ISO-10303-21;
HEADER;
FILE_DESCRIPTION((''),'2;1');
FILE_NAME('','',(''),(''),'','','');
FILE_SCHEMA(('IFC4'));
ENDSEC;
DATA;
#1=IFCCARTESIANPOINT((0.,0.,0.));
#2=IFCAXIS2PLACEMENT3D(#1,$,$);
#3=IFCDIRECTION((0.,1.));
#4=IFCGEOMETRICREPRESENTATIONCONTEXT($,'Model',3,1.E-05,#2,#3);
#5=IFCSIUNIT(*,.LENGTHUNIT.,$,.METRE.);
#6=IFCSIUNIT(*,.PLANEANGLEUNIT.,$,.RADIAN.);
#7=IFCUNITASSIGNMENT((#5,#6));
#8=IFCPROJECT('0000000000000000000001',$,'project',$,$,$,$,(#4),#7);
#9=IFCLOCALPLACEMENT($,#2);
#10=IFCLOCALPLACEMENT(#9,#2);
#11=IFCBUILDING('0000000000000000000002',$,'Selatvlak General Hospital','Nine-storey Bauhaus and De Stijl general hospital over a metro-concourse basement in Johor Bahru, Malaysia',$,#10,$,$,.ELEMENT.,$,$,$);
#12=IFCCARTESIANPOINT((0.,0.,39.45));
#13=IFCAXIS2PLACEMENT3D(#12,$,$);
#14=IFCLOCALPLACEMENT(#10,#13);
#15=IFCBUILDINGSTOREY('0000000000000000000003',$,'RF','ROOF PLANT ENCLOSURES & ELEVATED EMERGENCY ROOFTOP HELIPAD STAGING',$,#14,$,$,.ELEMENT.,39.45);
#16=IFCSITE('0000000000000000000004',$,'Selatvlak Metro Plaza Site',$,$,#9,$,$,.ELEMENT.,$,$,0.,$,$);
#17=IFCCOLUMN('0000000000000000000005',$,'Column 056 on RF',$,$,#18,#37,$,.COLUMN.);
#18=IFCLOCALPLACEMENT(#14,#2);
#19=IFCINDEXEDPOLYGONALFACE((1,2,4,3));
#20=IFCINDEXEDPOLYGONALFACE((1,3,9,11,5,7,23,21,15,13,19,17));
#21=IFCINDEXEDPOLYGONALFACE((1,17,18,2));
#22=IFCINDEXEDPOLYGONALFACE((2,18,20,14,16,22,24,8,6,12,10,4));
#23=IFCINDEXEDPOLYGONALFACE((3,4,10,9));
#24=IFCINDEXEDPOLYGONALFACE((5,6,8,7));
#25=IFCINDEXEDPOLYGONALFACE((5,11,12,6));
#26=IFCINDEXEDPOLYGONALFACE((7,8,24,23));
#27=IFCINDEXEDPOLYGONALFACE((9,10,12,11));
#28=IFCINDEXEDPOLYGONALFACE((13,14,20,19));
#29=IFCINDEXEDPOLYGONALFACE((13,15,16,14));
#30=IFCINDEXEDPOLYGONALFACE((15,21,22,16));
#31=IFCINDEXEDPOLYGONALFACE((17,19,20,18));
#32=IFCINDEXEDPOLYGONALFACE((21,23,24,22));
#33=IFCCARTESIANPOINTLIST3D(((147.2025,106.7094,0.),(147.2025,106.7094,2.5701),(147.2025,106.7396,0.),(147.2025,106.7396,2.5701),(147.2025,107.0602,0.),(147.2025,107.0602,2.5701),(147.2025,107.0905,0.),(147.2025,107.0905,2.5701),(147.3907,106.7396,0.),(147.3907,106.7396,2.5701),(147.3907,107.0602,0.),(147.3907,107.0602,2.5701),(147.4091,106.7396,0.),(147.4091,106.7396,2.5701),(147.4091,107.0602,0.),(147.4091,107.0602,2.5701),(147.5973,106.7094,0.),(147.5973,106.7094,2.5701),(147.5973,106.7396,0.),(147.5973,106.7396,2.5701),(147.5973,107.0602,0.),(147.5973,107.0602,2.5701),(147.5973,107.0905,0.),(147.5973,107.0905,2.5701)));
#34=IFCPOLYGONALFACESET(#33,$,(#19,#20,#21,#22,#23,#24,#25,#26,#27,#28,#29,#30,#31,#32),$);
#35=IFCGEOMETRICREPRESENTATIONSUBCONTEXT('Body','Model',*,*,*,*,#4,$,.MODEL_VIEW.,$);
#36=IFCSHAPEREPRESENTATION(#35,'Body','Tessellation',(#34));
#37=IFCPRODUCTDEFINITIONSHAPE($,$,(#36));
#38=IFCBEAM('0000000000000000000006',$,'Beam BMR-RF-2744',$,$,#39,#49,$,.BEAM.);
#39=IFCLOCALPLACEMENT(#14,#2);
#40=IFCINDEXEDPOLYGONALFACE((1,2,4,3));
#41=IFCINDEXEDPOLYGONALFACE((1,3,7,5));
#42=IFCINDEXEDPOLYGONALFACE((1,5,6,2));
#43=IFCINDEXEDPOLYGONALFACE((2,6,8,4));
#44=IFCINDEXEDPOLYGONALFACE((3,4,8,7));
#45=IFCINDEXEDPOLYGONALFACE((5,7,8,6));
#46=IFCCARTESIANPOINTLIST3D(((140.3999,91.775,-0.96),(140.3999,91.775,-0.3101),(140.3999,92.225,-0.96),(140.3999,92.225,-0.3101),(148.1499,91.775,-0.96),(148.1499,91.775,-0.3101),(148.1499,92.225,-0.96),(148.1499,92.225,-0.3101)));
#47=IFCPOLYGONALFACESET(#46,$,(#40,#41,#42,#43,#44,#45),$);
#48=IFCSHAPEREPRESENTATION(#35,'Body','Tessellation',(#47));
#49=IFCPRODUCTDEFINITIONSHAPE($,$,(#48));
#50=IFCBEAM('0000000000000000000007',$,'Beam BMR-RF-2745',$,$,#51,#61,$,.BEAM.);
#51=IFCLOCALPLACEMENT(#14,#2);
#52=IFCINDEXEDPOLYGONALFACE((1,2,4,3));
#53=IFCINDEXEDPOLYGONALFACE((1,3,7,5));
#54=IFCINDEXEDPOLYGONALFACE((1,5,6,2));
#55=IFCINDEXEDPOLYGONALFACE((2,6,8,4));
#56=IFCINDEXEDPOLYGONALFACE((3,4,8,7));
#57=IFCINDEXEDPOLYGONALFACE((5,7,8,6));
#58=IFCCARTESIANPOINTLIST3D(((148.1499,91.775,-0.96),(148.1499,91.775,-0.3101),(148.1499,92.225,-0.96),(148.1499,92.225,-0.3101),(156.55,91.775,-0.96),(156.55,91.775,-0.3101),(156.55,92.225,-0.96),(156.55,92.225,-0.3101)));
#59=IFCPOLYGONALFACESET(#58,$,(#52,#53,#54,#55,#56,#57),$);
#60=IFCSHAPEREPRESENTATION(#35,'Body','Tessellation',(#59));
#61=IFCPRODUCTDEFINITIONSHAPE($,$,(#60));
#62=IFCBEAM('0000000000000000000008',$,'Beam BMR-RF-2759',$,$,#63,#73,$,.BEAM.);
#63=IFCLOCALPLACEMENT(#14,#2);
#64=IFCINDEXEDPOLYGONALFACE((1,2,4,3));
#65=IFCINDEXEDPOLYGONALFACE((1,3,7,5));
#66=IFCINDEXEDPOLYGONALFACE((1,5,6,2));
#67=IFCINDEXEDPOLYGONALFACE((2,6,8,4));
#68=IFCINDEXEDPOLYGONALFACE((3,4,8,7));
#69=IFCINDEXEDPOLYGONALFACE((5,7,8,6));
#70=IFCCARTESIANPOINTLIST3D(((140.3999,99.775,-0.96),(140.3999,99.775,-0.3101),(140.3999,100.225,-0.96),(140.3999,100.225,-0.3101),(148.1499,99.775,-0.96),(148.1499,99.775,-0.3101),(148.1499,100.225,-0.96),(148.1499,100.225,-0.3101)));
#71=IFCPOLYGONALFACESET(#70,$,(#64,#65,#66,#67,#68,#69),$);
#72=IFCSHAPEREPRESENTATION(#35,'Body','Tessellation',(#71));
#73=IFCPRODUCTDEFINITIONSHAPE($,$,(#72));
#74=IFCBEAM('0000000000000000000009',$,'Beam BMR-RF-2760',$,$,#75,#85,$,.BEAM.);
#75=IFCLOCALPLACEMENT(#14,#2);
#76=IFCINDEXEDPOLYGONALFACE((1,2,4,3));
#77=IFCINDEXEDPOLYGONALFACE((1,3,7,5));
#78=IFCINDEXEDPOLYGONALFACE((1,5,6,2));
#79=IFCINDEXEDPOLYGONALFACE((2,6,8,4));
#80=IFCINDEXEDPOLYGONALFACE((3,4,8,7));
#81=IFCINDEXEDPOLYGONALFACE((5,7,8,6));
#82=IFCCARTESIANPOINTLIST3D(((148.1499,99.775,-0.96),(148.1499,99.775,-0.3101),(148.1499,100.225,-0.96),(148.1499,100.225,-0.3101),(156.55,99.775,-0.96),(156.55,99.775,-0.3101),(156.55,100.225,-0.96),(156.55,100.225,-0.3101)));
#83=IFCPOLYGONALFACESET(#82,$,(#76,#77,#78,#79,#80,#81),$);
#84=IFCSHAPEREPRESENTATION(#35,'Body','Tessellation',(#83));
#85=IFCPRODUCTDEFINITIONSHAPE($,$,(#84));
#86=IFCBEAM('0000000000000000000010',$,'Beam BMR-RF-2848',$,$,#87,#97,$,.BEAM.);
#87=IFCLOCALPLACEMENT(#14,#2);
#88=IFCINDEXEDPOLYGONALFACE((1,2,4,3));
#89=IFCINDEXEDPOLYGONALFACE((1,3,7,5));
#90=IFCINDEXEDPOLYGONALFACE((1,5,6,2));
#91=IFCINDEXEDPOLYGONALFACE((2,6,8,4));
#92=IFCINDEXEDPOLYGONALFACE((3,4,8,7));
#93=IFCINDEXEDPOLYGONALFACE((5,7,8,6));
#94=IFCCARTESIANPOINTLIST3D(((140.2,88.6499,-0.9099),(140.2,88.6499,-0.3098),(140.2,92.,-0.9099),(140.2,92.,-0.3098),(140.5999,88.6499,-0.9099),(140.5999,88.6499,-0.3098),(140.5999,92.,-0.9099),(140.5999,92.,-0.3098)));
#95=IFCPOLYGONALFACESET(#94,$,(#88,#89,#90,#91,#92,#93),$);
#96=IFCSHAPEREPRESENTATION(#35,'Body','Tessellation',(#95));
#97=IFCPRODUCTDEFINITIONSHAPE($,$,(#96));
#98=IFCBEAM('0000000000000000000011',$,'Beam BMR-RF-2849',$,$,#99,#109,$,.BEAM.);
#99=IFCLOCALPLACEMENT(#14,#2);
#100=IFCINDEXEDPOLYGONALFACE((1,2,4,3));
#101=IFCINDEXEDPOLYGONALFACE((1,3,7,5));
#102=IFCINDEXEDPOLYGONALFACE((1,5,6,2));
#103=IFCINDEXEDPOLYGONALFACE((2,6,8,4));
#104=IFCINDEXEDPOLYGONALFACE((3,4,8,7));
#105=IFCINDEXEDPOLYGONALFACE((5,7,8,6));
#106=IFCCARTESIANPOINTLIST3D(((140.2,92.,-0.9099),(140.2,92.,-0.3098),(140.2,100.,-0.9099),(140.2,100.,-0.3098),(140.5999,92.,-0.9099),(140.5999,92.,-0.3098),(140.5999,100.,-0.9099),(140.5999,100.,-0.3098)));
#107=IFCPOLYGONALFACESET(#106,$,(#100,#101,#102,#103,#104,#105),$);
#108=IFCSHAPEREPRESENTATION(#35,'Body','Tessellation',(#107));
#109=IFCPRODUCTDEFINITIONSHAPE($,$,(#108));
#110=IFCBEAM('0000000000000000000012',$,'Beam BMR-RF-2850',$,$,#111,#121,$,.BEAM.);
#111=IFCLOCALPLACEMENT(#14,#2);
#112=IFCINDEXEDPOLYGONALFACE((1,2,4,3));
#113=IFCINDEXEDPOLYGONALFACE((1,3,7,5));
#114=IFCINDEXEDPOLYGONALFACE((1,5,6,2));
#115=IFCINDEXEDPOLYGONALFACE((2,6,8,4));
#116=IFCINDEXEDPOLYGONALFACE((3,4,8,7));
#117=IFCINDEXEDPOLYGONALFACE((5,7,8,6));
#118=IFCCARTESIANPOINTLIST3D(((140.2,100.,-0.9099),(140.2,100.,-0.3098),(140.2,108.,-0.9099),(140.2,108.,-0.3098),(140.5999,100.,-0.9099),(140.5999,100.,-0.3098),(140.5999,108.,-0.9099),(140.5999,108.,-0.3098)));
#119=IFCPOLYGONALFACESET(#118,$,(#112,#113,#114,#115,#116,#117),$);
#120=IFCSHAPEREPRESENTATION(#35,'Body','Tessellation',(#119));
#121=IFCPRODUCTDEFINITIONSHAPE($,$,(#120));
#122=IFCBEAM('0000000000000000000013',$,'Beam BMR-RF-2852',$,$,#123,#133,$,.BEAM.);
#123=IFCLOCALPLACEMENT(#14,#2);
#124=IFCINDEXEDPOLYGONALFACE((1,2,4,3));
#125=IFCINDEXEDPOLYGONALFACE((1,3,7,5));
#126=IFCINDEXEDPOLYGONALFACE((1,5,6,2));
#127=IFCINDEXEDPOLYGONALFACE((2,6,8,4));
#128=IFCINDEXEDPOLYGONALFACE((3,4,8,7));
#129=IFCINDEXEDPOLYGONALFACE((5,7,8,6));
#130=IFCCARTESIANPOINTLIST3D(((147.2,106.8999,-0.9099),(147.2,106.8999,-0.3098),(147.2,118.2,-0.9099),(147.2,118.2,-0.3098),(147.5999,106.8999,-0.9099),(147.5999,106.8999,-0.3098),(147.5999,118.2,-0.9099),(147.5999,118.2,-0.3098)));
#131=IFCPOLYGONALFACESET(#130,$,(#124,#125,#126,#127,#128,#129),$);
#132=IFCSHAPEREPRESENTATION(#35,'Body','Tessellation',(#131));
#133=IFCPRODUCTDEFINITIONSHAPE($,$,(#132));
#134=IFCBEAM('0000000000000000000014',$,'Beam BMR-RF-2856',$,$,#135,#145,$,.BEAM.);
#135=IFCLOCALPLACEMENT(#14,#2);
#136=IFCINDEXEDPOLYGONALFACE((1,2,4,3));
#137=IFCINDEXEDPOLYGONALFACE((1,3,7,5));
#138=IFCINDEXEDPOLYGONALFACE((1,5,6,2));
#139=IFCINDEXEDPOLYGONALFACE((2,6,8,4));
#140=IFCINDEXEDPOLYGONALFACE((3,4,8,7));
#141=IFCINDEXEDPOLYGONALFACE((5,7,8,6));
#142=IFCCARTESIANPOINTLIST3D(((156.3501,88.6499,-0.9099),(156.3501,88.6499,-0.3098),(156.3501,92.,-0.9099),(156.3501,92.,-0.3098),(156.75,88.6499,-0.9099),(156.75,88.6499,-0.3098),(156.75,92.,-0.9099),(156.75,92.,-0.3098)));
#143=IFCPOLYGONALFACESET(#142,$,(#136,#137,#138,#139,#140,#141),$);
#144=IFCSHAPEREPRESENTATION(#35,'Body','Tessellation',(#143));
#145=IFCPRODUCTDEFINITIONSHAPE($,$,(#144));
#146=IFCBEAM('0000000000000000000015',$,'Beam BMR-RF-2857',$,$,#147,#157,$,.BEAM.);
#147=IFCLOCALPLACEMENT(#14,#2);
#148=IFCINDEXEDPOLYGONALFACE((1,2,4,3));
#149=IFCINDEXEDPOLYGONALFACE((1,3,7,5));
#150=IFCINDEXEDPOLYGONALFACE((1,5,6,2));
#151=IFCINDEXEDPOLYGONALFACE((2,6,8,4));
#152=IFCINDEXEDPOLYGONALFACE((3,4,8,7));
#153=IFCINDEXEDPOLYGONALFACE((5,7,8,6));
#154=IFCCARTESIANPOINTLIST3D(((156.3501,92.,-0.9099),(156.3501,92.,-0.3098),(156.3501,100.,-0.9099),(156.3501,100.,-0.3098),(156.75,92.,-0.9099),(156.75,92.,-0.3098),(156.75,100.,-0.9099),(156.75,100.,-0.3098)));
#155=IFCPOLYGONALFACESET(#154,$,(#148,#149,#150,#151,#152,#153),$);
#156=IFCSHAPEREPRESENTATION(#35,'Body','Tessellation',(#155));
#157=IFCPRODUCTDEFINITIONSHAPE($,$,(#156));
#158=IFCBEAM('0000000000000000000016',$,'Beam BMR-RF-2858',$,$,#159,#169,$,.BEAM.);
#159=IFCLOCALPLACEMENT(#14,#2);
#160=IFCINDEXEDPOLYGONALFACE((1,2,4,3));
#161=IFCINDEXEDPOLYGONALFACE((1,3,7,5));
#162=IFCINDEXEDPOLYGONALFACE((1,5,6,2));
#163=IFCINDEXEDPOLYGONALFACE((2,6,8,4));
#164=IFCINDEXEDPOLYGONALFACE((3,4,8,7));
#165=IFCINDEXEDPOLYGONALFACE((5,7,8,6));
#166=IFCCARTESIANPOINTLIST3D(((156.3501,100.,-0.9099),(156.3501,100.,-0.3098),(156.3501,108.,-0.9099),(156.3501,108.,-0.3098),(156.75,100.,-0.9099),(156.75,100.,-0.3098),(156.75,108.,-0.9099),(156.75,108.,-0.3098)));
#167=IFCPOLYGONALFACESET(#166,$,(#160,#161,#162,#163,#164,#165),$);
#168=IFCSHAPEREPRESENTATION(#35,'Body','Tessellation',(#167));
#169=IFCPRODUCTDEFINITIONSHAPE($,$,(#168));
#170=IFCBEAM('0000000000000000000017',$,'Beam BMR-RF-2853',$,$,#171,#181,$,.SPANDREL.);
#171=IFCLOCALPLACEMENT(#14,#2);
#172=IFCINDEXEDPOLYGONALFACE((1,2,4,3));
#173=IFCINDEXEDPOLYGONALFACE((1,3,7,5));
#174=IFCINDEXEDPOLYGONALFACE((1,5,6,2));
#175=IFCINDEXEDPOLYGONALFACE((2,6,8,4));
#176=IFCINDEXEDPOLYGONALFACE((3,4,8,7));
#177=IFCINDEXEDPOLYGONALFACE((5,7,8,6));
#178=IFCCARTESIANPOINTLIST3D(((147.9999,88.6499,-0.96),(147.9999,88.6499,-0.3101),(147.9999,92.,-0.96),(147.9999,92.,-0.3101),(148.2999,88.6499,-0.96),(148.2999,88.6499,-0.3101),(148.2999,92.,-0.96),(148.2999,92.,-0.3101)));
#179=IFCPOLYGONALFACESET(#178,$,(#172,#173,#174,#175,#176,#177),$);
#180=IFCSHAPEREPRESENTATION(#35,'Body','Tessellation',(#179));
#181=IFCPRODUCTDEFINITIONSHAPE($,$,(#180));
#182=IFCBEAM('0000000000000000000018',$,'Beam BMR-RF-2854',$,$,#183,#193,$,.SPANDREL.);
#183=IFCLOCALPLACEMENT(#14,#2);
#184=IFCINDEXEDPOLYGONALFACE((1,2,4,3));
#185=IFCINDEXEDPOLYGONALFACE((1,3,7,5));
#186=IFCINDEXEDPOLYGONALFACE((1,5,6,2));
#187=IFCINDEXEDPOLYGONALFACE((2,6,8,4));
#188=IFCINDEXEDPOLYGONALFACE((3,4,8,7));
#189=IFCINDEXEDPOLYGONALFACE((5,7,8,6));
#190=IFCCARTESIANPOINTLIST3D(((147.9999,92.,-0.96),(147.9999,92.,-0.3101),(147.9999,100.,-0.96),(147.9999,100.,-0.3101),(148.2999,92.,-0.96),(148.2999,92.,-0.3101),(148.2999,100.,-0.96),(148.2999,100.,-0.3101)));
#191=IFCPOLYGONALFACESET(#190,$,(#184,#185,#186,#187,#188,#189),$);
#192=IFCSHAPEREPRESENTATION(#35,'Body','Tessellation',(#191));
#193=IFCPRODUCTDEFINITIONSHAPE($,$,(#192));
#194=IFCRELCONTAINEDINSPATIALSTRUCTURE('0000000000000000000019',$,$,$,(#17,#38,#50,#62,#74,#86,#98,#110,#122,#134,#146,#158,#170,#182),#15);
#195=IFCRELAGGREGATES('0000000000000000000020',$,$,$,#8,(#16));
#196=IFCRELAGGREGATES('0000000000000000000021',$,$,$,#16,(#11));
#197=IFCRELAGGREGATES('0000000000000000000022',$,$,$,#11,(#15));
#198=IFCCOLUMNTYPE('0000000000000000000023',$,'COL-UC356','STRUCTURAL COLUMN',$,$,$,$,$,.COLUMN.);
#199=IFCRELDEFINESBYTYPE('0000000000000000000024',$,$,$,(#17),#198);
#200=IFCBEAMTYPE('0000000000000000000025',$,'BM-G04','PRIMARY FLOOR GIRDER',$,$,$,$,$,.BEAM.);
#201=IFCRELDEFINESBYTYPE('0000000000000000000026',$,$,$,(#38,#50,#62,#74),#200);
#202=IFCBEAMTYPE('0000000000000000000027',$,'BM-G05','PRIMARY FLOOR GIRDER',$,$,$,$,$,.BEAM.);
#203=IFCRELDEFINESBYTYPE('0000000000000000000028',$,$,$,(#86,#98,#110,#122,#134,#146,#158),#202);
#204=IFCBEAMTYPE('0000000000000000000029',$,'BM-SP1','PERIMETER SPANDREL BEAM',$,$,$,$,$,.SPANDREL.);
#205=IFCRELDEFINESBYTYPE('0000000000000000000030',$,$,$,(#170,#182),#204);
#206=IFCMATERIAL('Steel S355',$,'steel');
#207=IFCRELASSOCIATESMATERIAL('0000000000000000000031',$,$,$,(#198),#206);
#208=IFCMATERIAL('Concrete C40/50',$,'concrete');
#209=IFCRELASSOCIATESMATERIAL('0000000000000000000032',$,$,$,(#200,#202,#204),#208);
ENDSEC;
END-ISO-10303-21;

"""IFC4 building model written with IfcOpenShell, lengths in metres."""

from ifc_helpers import new_model, si_unit, direction, frame, origin, origin_2d, place, context, subcontext, project, spatial, rectangle, i_section, extrude, material, material_profile, profile_set, type_object, element, save


model = new_model("IFC4")

# Units and contexts
model_context = context("Model", 3, precision=1e-05, world=origin(), true_north=direction((0.0, 1.0)))
body_context = subcontext(model_context, "Body", "Model", "MODEL_VIEW")
ifc_project = project(units=[si_unit("LENGTHUNIT", "METRE"), si_unit("PLANEANGLEUNIT", "RADIAN")], contexts=[model_context])

# Site, building, storey
site_placement = place(None, origin())
site = spatial("IfcSite", under=ifc_project, at=site_placement, Name="Selatvlak Metro Plaza Site", CompositionType="ELEMENT", RefElevation=0.0)
building_placement = place(site_placement, origin())
building = spatial("IfcBuilding", under=site, at=building_placement, Name="Selatvlak General Hospital", Description="Nine-storey Bauhaus and De Stijl general hospital over a metro-concourse basement in Johor Bahru, Malaysia", CompositionType="ELEMENT")
storey_placement = place(building_placement, frame((0.0, 0.0, 39.45)))
storey = spatial("IfcBuildingStorey", under=building, at=storey_placement, Name="RF", Description="ROOF PLANT ENCLOSURES & ELEVATED EMERGENCY ROOFTOP HELIPAD STAGING", CompositionType="ELEMENT", Elevation=39.45)

# Column
ifc_material_1 = material(Name="Steel S355", Category="steel")
ifc_material_profile_1 = material_profile(ifc_material_1, i_section(OverallWidth=0.3948, OverallDepth=0.3811, WebThickness=0.0183, FlangeThickness=0.0303, at=origin_2d()), Name="UC 356x406x235")
ifc_profile_set_1 = profile_set([ifc_material_profile_1], Name="Steel S355")
column_type = type_object("IfcColumnType", Name="COL-UC356", Description="STRUCTURAL COLUMN", PredefinedType="COLUMN", material=ifc_profile_set_1)
column_placement = place(storey_placement, frame((147.3999, 106.8999, 0.0), z_axis=(0.0, 0.0, 1.0), x_axis=(1.0, 0.0, 0.0)))
element("IfcColumn", 1, at=column_placement, inside=storey, type_object=column_type, Name="Column 056 on RF", PredefinedType="COLUMN", context=body_context, shape_type="SweptSolid", body=[
    extrude(i_section(OverallWidth=0.3948, OverallDepth=0.3811, WebThickness=0.0183, FlangeThickness=0.0303, at=origin_2d()), origin(), (0.0, 0.0, 1.0), 2.5701),
])

# Beams
ifc_material_2 = material(Name="Concrete C40/50", Category="concrete")
ifc_material_profile_2 = material_profile(ifc_material_2, rectangle(XDim=0.45, YDim=0.6499, at=origin_2d()), Name="RC-BM 450x650")
ifc_profile_set_2 = profile_set([ifc_material_profile_2], Name="Concrete C40/50")
beam_type_1 = type_object("IfcBeamType", Name="BM-G04", Description="PRIMARY FLOOR GIRDER", PredefinedType="BEAM", material=ifc_profile_set_2)
beam_1_placement = place(storey_placement, frame((140.3999, 92.0, -0.635), z_axis=(1.0, 0.0, 0.0), x_axis=(0.0, 1.0, 0.0)))
element("IfcBeam", 2, at=beam_1_placement, inside=storey, type_object=beam_type_1, Name="Beam BMR-RF-2744", PredefinedType="BEAM", context=body_context, shape_type="SweptSolid", body=[
    extrude(rectangle(XDim=0.45, YDim=0.6499, at=origin_2d()), origin(), (0.0, 0.0, 1.0), 7.75),
])
beam_2_placement = place(storey_placement, frame((148.1499, 92.0, -0.635), z_axis=(1.0, 0.0, 0.0), x_axis=(0.0, 1.0, 0.0)))
element("IfcBeam", 3, at=beam_2_placement, inside=storey, type_object=beam_type_1, Name="Beam BMR-RF-2745", PredefinedType="BEAM", context=body_context, shape_type="SweptSolid", body=[
    extrude(rectangle(XDim=0.45, YDim=0.6499, at=origin_2d()), origin(), (0.0, 0.0, 1.0), 8.4001),
])
beam_3_placement = place(storey_placement, frame((140.3999, 100.0, -0.635), z_axis=(1.0, 0.0, 0.0), x_axis=(0.0, 1.0, 0.0)))
element("IfcBeam", 4, at=beam_3_placement, inside=storey, type_object=beam_type_1, Name="Beam BMR-RF-2759", PredefinedType="BEAM", context=body_context, shape_type="SweptSolid", body=[
    extrude(rectangle(XDim=0.45, YDim=0.6499, at=origin_2d()), origin(), (0.0, 0.0, 1.0), 7.75),
])
beam_4_placement = place(storey_placement, frame((148.1499, 100.0, -0.635), z_axis=(1.0, 0.0, 0.0), x_axis=(0.0, 1.0, 0.0)))
element("IfcBeam", 5, at=beam_4_placement, inside=storey, type_object=beam_type_1, Name="Beam BMR-RF-2760", PredefinedType="BEAM", context=body_context, shape_type="SweptSolid", body=[
    extrude(rectangle(XDim=0.45, YDim=0.6499, at=origin_2d()), origin(), (0.0, 0.0, 1.0), 8.4001),
])
ifc_material_profile_3 = material_profile(ifc_material_2, rectangle(XDim=0.3999, YDim=0.6001, at=origin_2d()), Name="RC-BM 400x600")
ifc_profile_set_3 = profile_set([ifc_material_profile_3], Name="Concrete C40/50")
beam_type_2 = type_object("IfcBeamType", Name="BM-G05", Description="PRIMARY FLOOR GIRDER", PredefinedType="BEAM", material=ifc_profile_set_3)
beam_5_placement = place(storey_placement, frame((140.3999, 88.6499, -0.6099), z_axis=(0.0, 1.0, 0.0), x_axis=(-1.0, 0.0, 0.0)))
element("IfcBeam", 6, at=beam_5_placement, inside=storey, type_object=beam_type_2, Name="Beam BMR-RF-2848", PredefinedType="BEAM", context=body_context, shape_type="SweptSolid", body=[
    extrude(rectangle(XDim=0.3999, YDim=0.6001, at=origin_2d()), origin(), (0.0, 0.0, 1.0), 3.3501),
])
for number, where, z_axis, x_axis, name in (
    (7, (140.3999, 92.0, -0.6099), (0.0, 1.0, 0.0), (-1.0, 0.0, 0.0), "Beam BMR-RF-2849"),
    (8, (140.3999, 100.0, -0.6099), (0.0, 1.0, 0.0), (-1.0, 0.0, 0.0), "Beam BMR-RF-2850"),
):
    element("IfcBeam", number, at=place(storey_placement, frame(where, z_axis=z_axis, x_axis=x_axis)), inside=storey, type_object=beam_type_2, Name=name, PredefinedType="BEAM", context=body_context, shape_type="SweptSolid", body=[
        extrude(rectangle(XDim=0.3999, YDim=0.6001, at=origin_2d()), origin(), (0.0, 0.0, 1.0), 8.0),
    ])
beam_6_placement = place(storey_placement, frame((147.3999, 106.8999, -0.6099), z_axis=(0.0, 1.0, 0.0), x_axis=(-1.0, 0.0, 0.0)))
element("IfcBeam", 9, at=beam_6_placement, inside=storey, type_object=beam_type_2, Name="Beam BMR-RF-2852", PredefinedType="BEAM", context=body_context, shape_type="SweptSolid", body=[
    extrude(rectangle(XDim=0.3999, YDim=0.6001, at=origin_2d()), origin(), (0.0, 0.0, 1.0), 11.3),
])
beam_7_placement = place(storey_placement, frame((156.55, 88.6499, -0.6099), z_axis=(0.0, 1.0, 0.0), x_axis=(-1.0, 0.0, 0.0)))
element("IfcBeam", 10, at=beam_7_placement, inside=storey, type_object=beam_type_2, Name="Beam BMR-RF-2856", PredefinedType="BEAM", context=body_context, shape_type="SweptSolid", body=[
    extrude(rectangle(XDim=0.3999, YDim=0.6001, at=origin_2d()), origin(), (0.0, 0.0, 1.0), 3.3501),
])
for number, where, z_axis, x_axis, name in (
    (11, (156.55, 92.0, -0.6099), (0.0, 1.0, 0.0), (-1.0, 0.0, 0.0), "Beam BMR-RF-2857"),
    (12, (156.55, 100.0, -0.6099), (0.0, 1.0, 0.0), (-1.0, 0.0, 0.0), "Beam BMR-RF-2858"),
):
    element("IfcBeam", number, at=place(storey_placement, frame(where, z_axis=z_axis, x_axis=x_axis)), inside=storey, type_object=beam_type_2, Name=name, PredefinedType="BEAM", context=body_context, shape_type="SweptSolid", body=[
        extrude(rectangle(XDim=0.3999, YDim=0.6001, at=origin_2d()), origin(), (0.0, 0.0, 1.0), 8.0),
    ])
ifc_material_profile_4 = material_profile(ifc_material_2, rectangle(XDim=0.3, YDim=0.6499, at=origin_2d()), Name="RC-SP 300x650")
ifc_profile_set_4 = profile_set([ifc_material_profile_4], Name="Concrete C40/50")
beam_type_3 = type_object("IfcBeamType", Name="BM-SP1", Description="PERIMETER SPANDREL BEAM", PredefinedType="SPANDREL", material=ifc_profile_set_4)
beam_8_placement = place(storey_placement, frame((148.1499, 88.6499, -0.635), z_axis=(0.0, 1.0, 0.0), x_axis=(-1.0, 0.0, 0.0)))
element("IfcBeam", 13, at=beam_8_placement, inside=storey, type_object=beam_type_3, Name="Beam BMR-RF-2853", PredefinedType="SPANDREL", context=body_context, shape_type="SweptSolid", body=[
    extrude(rectangle(XDim=0.3, YDim=0.6499, at=origin_2d()), origin(), (0.0, 0.0, 1.0), 3.3501),
])
beam_9_placement = place(storey_placement, frame((148.1499, 92.0, -0.635), z_axis=(0.0, 1.0, 0.0), x_axis=(-1.0, 0.0, 0.0)))
element("IfcBeam", 14, at=beam_9_placement, inside=storey, type_object=beam_type_3, Name="Beam BMR-RF-2854", PredefinedType="SPANDREL", context=body_context, shape_type="SweptSolid", body=[
    extrude(rectangle(XDim=0.3, YDim=0.6499, at=origin_2d()), origin(), (0.0, 0.0, 1.0), 8.0),
])

save(model, "model.ifc")
